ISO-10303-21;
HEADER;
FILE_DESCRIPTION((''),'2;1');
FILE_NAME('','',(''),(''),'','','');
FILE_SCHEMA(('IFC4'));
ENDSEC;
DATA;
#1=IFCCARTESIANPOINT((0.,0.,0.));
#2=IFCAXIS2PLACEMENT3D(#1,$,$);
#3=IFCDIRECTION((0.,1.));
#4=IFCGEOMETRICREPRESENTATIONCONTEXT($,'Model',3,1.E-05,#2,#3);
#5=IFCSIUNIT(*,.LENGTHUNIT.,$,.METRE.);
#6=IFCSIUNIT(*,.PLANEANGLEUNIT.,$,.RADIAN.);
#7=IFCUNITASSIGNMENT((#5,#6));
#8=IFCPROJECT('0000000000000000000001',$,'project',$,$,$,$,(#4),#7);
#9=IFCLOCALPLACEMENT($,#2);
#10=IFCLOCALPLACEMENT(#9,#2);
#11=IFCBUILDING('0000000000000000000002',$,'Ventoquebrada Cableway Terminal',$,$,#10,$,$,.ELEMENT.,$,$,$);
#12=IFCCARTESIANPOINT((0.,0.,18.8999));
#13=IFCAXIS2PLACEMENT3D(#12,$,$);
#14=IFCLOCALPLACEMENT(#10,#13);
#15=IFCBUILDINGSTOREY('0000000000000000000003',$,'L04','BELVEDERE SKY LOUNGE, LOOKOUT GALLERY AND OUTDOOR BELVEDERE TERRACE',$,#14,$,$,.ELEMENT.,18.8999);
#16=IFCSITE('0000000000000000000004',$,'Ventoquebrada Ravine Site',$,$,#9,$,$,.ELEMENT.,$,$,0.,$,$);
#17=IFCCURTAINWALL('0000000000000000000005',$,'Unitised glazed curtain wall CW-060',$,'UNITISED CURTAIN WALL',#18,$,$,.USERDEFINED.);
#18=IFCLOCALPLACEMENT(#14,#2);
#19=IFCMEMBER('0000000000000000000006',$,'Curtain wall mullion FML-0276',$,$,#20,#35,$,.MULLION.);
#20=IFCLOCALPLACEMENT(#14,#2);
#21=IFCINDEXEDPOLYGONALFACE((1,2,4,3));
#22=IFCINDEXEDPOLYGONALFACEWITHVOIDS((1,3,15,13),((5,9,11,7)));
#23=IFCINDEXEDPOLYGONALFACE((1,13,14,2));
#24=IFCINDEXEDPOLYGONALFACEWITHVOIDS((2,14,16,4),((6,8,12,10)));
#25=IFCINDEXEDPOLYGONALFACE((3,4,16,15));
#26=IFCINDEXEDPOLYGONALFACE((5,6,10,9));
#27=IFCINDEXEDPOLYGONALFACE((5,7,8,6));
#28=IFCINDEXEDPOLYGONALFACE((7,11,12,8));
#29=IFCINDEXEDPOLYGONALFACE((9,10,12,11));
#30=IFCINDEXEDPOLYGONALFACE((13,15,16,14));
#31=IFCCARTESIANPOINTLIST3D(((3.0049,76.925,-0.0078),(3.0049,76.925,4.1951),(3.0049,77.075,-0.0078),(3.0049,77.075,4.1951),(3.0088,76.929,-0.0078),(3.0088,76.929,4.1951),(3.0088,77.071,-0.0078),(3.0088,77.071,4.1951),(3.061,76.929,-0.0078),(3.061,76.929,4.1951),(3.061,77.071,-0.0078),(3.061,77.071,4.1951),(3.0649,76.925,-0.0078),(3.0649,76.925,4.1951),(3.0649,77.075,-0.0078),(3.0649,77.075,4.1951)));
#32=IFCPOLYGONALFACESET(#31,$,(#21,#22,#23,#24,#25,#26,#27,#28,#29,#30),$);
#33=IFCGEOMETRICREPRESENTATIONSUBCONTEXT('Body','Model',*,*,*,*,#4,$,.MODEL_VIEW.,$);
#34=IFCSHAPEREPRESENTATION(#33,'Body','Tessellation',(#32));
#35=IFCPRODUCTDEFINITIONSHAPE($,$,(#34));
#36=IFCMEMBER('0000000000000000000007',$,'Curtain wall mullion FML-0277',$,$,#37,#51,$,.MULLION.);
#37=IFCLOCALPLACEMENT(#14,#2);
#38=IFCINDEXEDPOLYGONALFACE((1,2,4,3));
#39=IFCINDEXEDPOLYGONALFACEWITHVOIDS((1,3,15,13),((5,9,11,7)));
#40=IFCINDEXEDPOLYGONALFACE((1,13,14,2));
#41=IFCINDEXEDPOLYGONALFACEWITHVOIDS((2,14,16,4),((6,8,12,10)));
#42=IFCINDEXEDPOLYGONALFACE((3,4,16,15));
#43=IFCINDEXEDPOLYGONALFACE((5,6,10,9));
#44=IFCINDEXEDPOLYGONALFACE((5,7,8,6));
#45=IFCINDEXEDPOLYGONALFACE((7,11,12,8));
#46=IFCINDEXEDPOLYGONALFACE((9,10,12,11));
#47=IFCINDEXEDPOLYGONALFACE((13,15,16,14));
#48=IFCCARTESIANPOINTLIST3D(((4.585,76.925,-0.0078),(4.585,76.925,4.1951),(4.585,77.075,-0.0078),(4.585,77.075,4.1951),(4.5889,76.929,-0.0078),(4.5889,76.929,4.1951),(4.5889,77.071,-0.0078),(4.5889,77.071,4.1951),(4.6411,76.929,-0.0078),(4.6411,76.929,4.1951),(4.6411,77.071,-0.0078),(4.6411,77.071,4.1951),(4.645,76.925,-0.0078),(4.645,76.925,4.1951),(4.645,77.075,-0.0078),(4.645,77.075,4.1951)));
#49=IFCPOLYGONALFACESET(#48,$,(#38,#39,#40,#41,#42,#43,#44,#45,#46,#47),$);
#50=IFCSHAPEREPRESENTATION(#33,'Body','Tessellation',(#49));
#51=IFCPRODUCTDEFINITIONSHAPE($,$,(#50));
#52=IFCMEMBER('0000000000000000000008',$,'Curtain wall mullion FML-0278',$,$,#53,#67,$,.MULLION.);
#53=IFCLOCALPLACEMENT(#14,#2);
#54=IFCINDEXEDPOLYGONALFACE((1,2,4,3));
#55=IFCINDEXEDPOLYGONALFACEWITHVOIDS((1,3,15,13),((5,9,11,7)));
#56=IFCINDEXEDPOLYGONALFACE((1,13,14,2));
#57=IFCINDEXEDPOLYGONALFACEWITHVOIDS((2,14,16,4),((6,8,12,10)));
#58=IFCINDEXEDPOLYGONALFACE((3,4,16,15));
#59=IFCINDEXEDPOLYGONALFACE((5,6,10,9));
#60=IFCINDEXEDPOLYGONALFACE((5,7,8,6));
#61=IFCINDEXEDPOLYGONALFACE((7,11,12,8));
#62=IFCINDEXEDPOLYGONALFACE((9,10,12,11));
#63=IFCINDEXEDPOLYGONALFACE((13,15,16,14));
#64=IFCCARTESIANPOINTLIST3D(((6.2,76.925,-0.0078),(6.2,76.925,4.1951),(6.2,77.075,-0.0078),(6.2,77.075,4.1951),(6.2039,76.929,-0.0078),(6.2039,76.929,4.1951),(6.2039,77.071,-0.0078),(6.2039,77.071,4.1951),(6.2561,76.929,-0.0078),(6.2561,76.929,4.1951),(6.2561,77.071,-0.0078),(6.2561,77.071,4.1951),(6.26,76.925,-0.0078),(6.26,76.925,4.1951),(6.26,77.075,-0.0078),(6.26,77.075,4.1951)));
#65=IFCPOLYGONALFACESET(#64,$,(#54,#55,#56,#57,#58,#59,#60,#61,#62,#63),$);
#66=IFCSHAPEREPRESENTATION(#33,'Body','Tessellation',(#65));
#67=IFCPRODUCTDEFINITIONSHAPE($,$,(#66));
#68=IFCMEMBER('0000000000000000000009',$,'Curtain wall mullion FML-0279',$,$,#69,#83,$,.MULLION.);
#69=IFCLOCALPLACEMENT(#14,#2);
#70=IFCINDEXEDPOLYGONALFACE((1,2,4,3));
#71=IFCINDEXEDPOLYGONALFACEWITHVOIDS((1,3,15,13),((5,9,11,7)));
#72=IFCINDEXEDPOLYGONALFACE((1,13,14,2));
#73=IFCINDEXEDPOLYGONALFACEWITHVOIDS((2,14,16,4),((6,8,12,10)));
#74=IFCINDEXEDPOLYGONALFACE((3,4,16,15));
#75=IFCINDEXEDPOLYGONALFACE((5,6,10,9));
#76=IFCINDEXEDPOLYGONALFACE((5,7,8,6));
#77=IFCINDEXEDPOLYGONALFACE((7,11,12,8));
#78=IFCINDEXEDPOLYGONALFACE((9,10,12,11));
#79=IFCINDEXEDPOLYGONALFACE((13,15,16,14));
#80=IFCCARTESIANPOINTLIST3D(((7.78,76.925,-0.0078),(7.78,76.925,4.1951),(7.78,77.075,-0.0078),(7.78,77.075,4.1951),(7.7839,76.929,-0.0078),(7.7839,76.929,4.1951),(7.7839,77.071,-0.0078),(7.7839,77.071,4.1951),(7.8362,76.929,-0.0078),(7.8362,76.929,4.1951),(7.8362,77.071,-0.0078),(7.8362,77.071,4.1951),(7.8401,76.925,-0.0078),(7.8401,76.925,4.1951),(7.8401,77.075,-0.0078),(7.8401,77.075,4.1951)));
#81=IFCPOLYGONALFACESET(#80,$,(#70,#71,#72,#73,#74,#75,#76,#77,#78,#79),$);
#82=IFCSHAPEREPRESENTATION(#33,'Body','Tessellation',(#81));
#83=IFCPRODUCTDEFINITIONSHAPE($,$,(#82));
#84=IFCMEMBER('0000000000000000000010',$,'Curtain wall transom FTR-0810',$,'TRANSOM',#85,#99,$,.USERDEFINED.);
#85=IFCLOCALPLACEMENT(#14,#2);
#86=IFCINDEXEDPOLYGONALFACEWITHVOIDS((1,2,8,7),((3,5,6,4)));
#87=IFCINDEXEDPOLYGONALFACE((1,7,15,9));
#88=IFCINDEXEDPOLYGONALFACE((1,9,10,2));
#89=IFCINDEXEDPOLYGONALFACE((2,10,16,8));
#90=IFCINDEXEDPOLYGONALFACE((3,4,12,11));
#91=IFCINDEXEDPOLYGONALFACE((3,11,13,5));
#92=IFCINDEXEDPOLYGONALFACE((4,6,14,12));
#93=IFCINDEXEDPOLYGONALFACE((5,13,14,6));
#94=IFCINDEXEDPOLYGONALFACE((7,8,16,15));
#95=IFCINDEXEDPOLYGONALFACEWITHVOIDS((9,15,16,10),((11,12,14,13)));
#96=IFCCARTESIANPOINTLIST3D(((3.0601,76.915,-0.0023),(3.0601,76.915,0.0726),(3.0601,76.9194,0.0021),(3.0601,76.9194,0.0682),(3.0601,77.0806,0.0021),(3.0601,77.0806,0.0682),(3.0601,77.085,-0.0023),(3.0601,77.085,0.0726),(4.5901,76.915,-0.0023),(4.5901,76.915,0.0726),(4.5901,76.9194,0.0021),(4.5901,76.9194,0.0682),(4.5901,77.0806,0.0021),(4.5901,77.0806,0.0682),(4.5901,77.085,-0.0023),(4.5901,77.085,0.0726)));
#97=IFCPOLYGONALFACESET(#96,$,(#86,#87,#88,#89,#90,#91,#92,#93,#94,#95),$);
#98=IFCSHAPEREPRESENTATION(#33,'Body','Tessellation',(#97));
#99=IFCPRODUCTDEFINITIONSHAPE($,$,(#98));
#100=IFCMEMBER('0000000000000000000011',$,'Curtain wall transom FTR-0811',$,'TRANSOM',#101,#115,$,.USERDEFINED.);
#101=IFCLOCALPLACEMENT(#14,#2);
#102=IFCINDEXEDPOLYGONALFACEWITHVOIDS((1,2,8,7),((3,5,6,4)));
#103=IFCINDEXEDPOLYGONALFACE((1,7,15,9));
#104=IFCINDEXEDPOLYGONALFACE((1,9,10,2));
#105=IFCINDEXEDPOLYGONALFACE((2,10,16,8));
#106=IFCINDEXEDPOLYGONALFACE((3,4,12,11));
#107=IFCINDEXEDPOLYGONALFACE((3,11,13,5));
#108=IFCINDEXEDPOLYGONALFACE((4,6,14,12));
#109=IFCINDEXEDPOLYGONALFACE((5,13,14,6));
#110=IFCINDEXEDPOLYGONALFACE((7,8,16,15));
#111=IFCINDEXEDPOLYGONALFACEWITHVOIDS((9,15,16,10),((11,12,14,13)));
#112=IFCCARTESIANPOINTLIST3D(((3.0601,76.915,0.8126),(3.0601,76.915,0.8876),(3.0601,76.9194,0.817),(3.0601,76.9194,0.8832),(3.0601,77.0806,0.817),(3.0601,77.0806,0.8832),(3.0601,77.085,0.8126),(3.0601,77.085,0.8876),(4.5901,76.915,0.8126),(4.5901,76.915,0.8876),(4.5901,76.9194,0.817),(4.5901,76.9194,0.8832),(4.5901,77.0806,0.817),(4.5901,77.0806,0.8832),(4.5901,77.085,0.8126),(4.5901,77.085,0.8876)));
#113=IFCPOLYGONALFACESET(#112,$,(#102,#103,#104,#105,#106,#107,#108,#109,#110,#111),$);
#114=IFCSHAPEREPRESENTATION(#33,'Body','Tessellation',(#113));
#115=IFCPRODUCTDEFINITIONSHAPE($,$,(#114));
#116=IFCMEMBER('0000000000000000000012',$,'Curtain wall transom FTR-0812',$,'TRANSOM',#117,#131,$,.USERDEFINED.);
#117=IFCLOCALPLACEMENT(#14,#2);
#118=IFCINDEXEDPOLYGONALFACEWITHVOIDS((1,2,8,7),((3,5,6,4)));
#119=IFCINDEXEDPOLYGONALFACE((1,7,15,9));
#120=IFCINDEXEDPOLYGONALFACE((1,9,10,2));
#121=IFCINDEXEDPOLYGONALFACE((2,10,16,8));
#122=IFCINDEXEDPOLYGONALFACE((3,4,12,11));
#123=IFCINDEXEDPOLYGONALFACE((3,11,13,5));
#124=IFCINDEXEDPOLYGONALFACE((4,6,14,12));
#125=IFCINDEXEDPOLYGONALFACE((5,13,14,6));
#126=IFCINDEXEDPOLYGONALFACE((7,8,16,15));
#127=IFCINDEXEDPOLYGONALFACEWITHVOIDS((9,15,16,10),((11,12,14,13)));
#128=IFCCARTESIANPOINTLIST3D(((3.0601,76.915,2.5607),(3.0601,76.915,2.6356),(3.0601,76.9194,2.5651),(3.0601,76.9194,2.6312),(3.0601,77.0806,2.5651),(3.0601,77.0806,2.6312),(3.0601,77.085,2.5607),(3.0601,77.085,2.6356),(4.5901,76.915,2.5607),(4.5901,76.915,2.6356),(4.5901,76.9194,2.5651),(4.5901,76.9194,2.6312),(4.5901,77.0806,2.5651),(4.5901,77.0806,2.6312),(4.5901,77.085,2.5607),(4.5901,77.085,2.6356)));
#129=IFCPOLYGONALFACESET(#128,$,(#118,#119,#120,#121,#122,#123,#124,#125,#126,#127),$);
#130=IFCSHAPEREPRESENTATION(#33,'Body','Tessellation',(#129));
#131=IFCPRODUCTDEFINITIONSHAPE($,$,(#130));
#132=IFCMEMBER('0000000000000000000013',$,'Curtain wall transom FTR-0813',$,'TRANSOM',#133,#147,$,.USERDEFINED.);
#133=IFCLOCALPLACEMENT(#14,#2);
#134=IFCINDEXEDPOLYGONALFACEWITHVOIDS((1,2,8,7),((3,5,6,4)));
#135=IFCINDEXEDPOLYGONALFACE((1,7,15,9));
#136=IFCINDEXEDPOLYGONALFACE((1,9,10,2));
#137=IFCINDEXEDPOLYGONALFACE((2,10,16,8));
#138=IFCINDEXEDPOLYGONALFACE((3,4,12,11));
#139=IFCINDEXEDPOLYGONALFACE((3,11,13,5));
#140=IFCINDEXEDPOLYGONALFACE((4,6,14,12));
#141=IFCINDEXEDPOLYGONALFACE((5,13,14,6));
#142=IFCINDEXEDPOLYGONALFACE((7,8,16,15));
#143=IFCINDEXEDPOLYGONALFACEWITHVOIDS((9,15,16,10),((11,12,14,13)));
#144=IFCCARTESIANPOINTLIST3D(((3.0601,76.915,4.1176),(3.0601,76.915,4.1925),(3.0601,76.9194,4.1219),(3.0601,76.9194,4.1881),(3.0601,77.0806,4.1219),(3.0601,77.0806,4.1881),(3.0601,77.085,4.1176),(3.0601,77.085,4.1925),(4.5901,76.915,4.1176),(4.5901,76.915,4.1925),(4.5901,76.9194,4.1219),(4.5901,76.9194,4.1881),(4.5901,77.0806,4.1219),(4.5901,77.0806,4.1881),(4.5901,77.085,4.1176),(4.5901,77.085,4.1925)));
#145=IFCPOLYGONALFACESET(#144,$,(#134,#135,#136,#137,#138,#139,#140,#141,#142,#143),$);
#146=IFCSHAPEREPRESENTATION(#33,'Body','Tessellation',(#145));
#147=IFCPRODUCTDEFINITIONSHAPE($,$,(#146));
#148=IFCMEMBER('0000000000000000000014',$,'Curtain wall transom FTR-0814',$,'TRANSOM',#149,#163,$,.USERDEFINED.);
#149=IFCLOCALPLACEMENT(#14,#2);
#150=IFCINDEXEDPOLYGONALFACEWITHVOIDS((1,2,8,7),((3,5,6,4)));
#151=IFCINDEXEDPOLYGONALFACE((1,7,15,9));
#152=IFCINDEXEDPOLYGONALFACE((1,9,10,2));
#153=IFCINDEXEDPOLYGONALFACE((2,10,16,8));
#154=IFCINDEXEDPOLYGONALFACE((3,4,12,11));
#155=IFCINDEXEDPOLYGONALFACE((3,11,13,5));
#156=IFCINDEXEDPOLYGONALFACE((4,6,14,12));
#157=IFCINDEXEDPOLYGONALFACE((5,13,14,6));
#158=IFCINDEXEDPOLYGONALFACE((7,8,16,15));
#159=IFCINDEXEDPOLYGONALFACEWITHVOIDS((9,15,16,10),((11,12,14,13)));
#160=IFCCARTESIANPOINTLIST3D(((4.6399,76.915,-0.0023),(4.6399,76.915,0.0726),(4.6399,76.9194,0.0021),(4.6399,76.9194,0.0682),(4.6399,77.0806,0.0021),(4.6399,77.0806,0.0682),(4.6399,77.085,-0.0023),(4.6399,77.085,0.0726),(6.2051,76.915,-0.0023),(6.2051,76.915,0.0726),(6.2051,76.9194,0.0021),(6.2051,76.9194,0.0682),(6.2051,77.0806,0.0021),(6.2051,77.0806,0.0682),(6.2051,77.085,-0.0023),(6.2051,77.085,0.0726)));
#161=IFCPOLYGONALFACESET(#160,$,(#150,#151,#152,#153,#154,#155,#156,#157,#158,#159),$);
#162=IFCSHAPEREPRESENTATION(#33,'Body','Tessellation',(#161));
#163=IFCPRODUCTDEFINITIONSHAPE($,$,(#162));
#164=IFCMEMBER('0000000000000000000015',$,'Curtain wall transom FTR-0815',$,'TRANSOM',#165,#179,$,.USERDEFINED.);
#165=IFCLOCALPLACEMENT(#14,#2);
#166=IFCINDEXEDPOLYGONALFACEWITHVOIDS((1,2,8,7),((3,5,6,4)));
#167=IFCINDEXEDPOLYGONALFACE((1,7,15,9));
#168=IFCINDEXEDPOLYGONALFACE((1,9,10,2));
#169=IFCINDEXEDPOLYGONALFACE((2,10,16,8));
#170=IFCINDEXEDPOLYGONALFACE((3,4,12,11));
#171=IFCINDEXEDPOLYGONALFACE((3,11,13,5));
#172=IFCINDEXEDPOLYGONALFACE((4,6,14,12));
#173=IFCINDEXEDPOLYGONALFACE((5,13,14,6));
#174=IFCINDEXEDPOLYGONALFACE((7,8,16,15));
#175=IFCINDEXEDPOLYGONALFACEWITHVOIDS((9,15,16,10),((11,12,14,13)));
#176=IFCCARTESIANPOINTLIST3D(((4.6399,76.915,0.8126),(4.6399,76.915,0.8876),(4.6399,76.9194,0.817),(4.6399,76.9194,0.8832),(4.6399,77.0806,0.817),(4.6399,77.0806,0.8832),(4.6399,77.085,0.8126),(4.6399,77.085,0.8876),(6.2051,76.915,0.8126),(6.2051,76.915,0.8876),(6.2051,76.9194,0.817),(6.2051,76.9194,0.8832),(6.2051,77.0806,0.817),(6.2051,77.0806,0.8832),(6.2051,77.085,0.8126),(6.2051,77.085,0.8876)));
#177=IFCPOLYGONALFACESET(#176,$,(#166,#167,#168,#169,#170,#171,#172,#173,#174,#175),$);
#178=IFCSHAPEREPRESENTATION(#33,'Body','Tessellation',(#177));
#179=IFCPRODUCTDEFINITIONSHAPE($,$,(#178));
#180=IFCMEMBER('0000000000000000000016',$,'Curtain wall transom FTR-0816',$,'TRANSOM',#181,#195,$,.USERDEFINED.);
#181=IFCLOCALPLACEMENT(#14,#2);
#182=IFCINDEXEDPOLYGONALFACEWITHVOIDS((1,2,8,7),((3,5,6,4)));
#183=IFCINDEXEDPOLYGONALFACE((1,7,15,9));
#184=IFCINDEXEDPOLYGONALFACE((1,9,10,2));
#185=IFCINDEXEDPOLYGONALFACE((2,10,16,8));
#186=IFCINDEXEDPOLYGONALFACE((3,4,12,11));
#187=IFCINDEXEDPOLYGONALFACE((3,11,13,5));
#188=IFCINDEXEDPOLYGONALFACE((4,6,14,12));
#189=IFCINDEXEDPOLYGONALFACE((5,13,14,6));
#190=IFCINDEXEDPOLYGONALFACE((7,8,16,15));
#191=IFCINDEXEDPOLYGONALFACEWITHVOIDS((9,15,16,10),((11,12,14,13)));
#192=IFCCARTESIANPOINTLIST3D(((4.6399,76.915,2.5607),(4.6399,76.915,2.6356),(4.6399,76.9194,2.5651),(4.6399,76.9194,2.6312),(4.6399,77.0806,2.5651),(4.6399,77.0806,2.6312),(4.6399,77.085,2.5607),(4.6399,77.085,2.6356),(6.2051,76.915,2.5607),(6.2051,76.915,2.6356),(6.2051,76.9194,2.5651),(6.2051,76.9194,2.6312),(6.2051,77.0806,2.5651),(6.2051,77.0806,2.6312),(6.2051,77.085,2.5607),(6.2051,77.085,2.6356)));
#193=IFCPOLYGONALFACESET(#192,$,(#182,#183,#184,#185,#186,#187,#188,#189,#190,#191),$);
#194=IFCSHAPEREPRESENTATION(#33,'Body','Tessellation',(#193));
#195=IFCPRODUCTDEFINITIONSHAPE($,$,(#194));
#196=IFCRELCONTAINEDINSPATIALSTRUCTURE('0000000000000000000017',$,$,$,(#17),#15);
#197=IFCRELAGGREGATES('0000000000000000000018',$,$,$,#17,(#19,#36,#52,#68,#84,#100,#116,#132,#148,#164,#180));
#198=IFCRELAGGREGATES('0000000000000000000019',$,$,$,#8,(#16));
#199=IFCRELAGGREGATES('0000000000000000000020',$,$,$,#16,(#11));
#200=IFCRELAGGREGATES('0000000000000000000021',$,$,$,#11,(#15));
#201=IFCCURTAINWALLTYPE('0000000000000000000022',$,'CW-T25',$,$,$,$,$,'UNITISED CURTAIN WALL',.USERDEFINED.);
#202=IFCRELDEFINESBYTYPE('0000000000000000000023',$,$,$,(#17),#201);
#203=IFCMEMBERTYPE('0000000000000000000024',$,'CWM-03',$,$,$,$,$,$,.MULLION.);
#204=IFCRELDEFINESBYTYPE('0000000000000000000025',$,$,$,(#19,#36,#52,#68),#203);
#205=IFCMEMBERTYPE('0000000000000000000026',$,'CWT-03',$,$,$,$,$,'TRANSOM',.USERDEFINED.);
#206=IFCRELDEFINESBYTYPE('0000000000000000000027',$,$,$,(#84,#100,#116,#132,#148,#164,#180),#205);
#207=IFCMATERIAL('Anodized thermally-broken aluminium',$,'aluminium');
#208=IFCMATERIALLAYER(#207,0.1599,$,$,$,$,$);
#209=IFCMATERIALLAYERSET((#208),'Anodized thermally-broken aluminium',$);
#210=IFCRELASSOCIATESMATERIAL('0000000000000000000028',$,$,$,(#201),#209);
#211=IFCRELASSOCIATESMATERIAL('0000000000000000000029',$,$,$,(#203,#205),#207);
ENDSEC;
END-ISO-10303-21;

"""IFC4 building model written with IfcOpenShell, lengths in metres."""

from ifc_helpers import new_model, si_unit, direction, frame, origin, origin_2d, place, context, subcontext, project, spatial, hollow_rectangle, extrude, material, layer, layer_set, material_profile, profile_set, type_object, element, aggregate, save


model = new_model("IFC4")

# Units and contexts
model_context = context("Model", 3, precision=1e-05, world=origin(), true_north=direction((0.0, 1.0)))
body_context = subcontext(model_context, "Body", "Model", "MODEL_VIEW")
ifc_project = project(units=[si_unit("LENGTHUNIT", "METRE"), si_unit("PLANEANGLEUNIT", "RADIAN")], contexts=[model_context])

# Site, building, storey
site_placement = place(None, origin())
site = spatial("IfcSite", under=ifc_project, at=site_placement, Name="Ventoquebrada Ravine Site", CompositionType="ELEMENT", RefElevation=0.0)
building_placement = place(site_placement, origin())
building = spatial("IfcBuilding", under=site, at=building_placement, Name="Ventoquebrada Cableway Terminal", CompositionType="ELEMENT")
storey_placement = place(building_placement, frame((0.0, 0.0, 18.8999)))
storey = spatial("IfcBuildingStorey", under=building, at=storey_placement, Name="L04", Description="BELVEDERE SKY LOUNGE, LOOKOUT GALLERY AND OUTDOOR BELVEDERE TERRACE", CompositionType="ELEMENT", Elevation=18.8999)

# Curtain wall, members
ifc_material_1 = material(Name="Anodized thermally-broken aluminium", Category="aluminium")
ifc_layer_1 = layer(ifc_material_1, 0.1599)
ifc_layer_set_1 = layer_set([ifc_layer_1], Name="Anodized thermally-broken aluminium")
curtain_wall_type = type_object("IfcCurtainWallType", Name="CW-T25", ElementType="UNITISED CURTAIN WALL", PredefinedType="USERDEFINED", material=ifc_layer_set_1)
curtain_wall_placement = place(storey_placement, origin())
curtain_wall = element("IfcCurtainWall", 1, at=curtain_wall_placement, inside=storey, type_object=curtain_wall_type, Name="Unitised glazed curtain wall CW-060", ObjectType="UNITISED CURTAIN WALL", PredefinedType="USERDEFINED")
ifc_material_profile_1 = material_profile(ifc_material_1, hollow_rectangle(XDim=0.0601, YDim=0.1499, WallThickness=0.0039, at=origin_2d()), Name="CW-MUL-60X150")
ifc_profile_set_1 = profile_set([ifc_material_profile_1], Name="Anodized thermally-broken aluminium")
member_type_1 = type_object("IfcMemberType", Name="CWM-03", PredefinedType="MULLION", material=ifc_profile_set_1)
member_1_placement = place(storey_placement, frame((3.0349, 77.0, -0.0078), z_axis=(0.0, 0.0, 1.0), x_axis=(1.0, 0.0, 0.0)))
member_1 = element("IfcMember", 2, at=member_1_placement, type_object=member_type_1, Name="Curtain wall mullion FML-0276", PredefinedType="MULLION", context=body_context, shape_type="SweptSolid", body=[
    extrude(hollow_rectangle(XDim=0.0601, YDim=0.1499, WallThickness=0.0039, at=origin_2d()), origin(), (0.0, 0.0, 1.0), 4.2029),
])
member_2_placement = place(storey_placement, frame((4.615, 77.0, -0.0078), z_axis=(0.0, 0.0, 1.0), x_axis=(1.0, 0.0, 0.0)))
member_2 = element("IfcMember", 3, at=member_2_placement, type_object=member_type_1, Name="Curtain wall mullion FML-0277", PredefinedType="MULLION", context=body_context, shape_type="SweptSolid", body=[
    extrude(hollow_rectangle(XDim=0.0601, YDim=0.1499, WallThickness=0.0039, at=origin_2d()), origin(), (0.0, 0.0, 1.0), 4.2029),
])
member_3_placement = place(storey_placement, frame((6.23, 77.0, -0.0078), z_axis=(0.0, 0.0, 1.0), x_axis=(1.0, 0.0, 0.0)))
member_3 = element("IfcMember", 4, at=member_3_placement, type_object=member_type_1, Name="Curtain wall mullion FML-0278", PredefinedType="MULLION", context=body_context, shape_type="SweptSolid", body=[
    extrude(hollow_rectangle(XDim=0.0601, YDim=0.1499, WallThickness=0.0039, at=origin_2d()), origin(), (0.0, 0.0, 1.0), 4.2029),
])
member_4_placement = place(storey_placement, frame((7.8101, 77.0, -0.0078), z_axis=(0.0, 0.0, 1.0), x_axis=(1.0, 0.0, 0.0)))
member_4 = element("IfcMember", 5, at=member_4_placement, type_object=member_type_1, Name="Curtain wall mullion FML-0279", PredefinedType="MULLION", context=body_context, shape_type="SweptSolid", body=[
    extrude(hollow_rectangle(XDim=0.0601, YDim=0.1499, WallThickness=0.0039, at=origin_2d()), origin(), (0.0, 0.0, 1.0), 4.2029),
])
ifc_material_profile_2 = material_profile(ifc_material_1, hollow_rectangle(XDim=0.075, YDim=0.1699, WallThickness=0.0044, at=origin_2d()), Name="CW-TRN-75X170")
ifc_profile_set_2 = profile_set([ifc_material_profile_2], Name="Anodized thermally-broken aluminium")
member_type_2 = type_object("IfcMemberType", Name="CWT-03", ElementType="TRANSOM", PredefinedType="USERDEFINED", material=ifc_profile_set_2)
member_5_placement = place(storey_placement, frame((3.0601, 77.0, 0.0352), z_axis=(1.0, 0.0, 0.0), x_axis=(0.0, 0.0, 1.0)))
member_5 = element("IfcMember", 6, at=member_5_placement, type_object=member_type_2, Name="Curtain wall transom FTR-0810", ObjectType="TRANSOM", PredefinedType="USERDEFINED", context=body_context, shape_type="SweptSolid", body=[
    extrude(hollow_rectangle(XDim=0.075, YDim=0.1699, WallThickness=0.0044, at=origin_2d()), origin(), (0.0, 0.0, 1.0), 1.53),
])
member_6_placement = place(storey_placement, frame((3.0601, 77.0, 0.8501), z_axis=(1.0, 0.0, 0.0), x_axis=(0.0, 0.0, 1.0)))
member_6 = element("IfcMember", 7, at=member_6_placement, type_object=member_type_2, Name="Curtain wall transom FTR-0811", ObjectType="TRANSOM", PredefinedType="USERDEFINED", context=body_context, shape_type="SweptSolid", body=[
    extrude(hollow_rectangle(XDim=0.075, YDim=0.1699, WallThickness=0.0044, at=origin_2d()), origin(), (0.0, 0.0, 1.0), 1.53),
])
member_7_placement = place(storey_placement, frame((3.0601, 77.0, 2.5981), z_axis=(1.0, 0.0, 0.0), x_axis=(0.0, 0.0, 1.0)))
member_7 = element("IfcMember", 8, at=member_7_placement, type_object=member_type_2, Name="Curtain wall transom FTR-0812", ObjectType="TRANSOM", PredefinedType="USERDEFINED", context=body_context, shape_type="SweptSolid", body=[
    extrude(hollow_rectangle(XDim=0.075, YDim=0.1699, WallThickness=0.0044, at=origin_2d()), origin(), (0.0, 0.0, 1.0), 1.53),
])
member_8_placement = place(storey_placement, frame((3.0601, 77.0, 4.155), z_axis=(1.0, 0.0, 0.0), x_axis=(0.0, 0.0, 1.0)))
member_8 = element("IfcMember", 9, at=member_8_placement, type_object=member_type_2, Name="Curtain wall transom FTR-0813", ObjectType="TRANSOM", PredefinedType="USERDEFINED", context=body_context, shape_type="SweptSolid", body=[
    extrude(hollow_rectangle(XDim=0.075, YDim=0.1699, WallThickness=0.0044, at=origin_2d()), origin(), (0.0, 0.0, 1.0), 1.53),
])
member_9_placement = place(storey_placement, frame((4.6399, 77.0, 0.0352), z_axis=(1.0, 0.0, 0.0), x_axis=(0.0, 0.0, 1.0)))
member_9 = element("IfcMember", 10, at=member_9_placement, type_object=member_type_2, Name="Curtain wall transom FTR-0814", ObjectType="TRANSOM", PredefinedType="USERDEFINED", context=body_context, shape_type="SweptSolid", body=[
    extrude(hollow_rectangle(XDim=0.075, YDim=0.1699, WallThickness=0.0044, at=origin_2d()), origin(), (0.0, 0.0, 1.0), 1.5652),
])
member_10_placement = place(storey_placement, frame((4.6399, 77.0, 0.8501), z_axis=(1.0, 0.0, 0.0), x_axis=(0.0, 0.0, 1.0)))
member_10 = element("IfcMember", 11, at=member_10_placement, type_object=member_type_2, Name="Curtain wall transom FTR-0815", ObjectType="TRANSOM", PredefinedType="USERDEFINED", context=body_context, shape_type="SweptSolid", body=[
    extrude(hollow_rectangle(XDim=0.075, YDim=0.1699, WallThickness=0.0044, at=origin_2d()), origin(), (0.0, 0.0, 1.0), 1.5652),
])
member_11_placement = place(storey_placement, frame((4.6399, 77.0, 2.5981), z_axis=(1.0, 0.0, 0.0), x_axis=(0.0, 0.0, 1.0)))
member_11 = element("IfcMember", 12, at=member_11_placement, type_object=member_type_2, Name="Curtain wall transom FTR-0816", ObjectType="TRANSOM", PredefinedType="USERDEFINED", context=body_context, shape_type="SweptSolid", body=[
    extrude(hollow_rectangle(XDim=0.075, YDim=0.1699, WallThickness=0.0044, at=origin_2d()), origin(), (0.0, 0.0, 1.0), 1.5652),
])
aggregate(curtain_wall, [member_1, member_2, member_3, member_4, member_5, member_6, member_7, member_8, member_9, member_10, member_11])

save(model, "model.ifc")
